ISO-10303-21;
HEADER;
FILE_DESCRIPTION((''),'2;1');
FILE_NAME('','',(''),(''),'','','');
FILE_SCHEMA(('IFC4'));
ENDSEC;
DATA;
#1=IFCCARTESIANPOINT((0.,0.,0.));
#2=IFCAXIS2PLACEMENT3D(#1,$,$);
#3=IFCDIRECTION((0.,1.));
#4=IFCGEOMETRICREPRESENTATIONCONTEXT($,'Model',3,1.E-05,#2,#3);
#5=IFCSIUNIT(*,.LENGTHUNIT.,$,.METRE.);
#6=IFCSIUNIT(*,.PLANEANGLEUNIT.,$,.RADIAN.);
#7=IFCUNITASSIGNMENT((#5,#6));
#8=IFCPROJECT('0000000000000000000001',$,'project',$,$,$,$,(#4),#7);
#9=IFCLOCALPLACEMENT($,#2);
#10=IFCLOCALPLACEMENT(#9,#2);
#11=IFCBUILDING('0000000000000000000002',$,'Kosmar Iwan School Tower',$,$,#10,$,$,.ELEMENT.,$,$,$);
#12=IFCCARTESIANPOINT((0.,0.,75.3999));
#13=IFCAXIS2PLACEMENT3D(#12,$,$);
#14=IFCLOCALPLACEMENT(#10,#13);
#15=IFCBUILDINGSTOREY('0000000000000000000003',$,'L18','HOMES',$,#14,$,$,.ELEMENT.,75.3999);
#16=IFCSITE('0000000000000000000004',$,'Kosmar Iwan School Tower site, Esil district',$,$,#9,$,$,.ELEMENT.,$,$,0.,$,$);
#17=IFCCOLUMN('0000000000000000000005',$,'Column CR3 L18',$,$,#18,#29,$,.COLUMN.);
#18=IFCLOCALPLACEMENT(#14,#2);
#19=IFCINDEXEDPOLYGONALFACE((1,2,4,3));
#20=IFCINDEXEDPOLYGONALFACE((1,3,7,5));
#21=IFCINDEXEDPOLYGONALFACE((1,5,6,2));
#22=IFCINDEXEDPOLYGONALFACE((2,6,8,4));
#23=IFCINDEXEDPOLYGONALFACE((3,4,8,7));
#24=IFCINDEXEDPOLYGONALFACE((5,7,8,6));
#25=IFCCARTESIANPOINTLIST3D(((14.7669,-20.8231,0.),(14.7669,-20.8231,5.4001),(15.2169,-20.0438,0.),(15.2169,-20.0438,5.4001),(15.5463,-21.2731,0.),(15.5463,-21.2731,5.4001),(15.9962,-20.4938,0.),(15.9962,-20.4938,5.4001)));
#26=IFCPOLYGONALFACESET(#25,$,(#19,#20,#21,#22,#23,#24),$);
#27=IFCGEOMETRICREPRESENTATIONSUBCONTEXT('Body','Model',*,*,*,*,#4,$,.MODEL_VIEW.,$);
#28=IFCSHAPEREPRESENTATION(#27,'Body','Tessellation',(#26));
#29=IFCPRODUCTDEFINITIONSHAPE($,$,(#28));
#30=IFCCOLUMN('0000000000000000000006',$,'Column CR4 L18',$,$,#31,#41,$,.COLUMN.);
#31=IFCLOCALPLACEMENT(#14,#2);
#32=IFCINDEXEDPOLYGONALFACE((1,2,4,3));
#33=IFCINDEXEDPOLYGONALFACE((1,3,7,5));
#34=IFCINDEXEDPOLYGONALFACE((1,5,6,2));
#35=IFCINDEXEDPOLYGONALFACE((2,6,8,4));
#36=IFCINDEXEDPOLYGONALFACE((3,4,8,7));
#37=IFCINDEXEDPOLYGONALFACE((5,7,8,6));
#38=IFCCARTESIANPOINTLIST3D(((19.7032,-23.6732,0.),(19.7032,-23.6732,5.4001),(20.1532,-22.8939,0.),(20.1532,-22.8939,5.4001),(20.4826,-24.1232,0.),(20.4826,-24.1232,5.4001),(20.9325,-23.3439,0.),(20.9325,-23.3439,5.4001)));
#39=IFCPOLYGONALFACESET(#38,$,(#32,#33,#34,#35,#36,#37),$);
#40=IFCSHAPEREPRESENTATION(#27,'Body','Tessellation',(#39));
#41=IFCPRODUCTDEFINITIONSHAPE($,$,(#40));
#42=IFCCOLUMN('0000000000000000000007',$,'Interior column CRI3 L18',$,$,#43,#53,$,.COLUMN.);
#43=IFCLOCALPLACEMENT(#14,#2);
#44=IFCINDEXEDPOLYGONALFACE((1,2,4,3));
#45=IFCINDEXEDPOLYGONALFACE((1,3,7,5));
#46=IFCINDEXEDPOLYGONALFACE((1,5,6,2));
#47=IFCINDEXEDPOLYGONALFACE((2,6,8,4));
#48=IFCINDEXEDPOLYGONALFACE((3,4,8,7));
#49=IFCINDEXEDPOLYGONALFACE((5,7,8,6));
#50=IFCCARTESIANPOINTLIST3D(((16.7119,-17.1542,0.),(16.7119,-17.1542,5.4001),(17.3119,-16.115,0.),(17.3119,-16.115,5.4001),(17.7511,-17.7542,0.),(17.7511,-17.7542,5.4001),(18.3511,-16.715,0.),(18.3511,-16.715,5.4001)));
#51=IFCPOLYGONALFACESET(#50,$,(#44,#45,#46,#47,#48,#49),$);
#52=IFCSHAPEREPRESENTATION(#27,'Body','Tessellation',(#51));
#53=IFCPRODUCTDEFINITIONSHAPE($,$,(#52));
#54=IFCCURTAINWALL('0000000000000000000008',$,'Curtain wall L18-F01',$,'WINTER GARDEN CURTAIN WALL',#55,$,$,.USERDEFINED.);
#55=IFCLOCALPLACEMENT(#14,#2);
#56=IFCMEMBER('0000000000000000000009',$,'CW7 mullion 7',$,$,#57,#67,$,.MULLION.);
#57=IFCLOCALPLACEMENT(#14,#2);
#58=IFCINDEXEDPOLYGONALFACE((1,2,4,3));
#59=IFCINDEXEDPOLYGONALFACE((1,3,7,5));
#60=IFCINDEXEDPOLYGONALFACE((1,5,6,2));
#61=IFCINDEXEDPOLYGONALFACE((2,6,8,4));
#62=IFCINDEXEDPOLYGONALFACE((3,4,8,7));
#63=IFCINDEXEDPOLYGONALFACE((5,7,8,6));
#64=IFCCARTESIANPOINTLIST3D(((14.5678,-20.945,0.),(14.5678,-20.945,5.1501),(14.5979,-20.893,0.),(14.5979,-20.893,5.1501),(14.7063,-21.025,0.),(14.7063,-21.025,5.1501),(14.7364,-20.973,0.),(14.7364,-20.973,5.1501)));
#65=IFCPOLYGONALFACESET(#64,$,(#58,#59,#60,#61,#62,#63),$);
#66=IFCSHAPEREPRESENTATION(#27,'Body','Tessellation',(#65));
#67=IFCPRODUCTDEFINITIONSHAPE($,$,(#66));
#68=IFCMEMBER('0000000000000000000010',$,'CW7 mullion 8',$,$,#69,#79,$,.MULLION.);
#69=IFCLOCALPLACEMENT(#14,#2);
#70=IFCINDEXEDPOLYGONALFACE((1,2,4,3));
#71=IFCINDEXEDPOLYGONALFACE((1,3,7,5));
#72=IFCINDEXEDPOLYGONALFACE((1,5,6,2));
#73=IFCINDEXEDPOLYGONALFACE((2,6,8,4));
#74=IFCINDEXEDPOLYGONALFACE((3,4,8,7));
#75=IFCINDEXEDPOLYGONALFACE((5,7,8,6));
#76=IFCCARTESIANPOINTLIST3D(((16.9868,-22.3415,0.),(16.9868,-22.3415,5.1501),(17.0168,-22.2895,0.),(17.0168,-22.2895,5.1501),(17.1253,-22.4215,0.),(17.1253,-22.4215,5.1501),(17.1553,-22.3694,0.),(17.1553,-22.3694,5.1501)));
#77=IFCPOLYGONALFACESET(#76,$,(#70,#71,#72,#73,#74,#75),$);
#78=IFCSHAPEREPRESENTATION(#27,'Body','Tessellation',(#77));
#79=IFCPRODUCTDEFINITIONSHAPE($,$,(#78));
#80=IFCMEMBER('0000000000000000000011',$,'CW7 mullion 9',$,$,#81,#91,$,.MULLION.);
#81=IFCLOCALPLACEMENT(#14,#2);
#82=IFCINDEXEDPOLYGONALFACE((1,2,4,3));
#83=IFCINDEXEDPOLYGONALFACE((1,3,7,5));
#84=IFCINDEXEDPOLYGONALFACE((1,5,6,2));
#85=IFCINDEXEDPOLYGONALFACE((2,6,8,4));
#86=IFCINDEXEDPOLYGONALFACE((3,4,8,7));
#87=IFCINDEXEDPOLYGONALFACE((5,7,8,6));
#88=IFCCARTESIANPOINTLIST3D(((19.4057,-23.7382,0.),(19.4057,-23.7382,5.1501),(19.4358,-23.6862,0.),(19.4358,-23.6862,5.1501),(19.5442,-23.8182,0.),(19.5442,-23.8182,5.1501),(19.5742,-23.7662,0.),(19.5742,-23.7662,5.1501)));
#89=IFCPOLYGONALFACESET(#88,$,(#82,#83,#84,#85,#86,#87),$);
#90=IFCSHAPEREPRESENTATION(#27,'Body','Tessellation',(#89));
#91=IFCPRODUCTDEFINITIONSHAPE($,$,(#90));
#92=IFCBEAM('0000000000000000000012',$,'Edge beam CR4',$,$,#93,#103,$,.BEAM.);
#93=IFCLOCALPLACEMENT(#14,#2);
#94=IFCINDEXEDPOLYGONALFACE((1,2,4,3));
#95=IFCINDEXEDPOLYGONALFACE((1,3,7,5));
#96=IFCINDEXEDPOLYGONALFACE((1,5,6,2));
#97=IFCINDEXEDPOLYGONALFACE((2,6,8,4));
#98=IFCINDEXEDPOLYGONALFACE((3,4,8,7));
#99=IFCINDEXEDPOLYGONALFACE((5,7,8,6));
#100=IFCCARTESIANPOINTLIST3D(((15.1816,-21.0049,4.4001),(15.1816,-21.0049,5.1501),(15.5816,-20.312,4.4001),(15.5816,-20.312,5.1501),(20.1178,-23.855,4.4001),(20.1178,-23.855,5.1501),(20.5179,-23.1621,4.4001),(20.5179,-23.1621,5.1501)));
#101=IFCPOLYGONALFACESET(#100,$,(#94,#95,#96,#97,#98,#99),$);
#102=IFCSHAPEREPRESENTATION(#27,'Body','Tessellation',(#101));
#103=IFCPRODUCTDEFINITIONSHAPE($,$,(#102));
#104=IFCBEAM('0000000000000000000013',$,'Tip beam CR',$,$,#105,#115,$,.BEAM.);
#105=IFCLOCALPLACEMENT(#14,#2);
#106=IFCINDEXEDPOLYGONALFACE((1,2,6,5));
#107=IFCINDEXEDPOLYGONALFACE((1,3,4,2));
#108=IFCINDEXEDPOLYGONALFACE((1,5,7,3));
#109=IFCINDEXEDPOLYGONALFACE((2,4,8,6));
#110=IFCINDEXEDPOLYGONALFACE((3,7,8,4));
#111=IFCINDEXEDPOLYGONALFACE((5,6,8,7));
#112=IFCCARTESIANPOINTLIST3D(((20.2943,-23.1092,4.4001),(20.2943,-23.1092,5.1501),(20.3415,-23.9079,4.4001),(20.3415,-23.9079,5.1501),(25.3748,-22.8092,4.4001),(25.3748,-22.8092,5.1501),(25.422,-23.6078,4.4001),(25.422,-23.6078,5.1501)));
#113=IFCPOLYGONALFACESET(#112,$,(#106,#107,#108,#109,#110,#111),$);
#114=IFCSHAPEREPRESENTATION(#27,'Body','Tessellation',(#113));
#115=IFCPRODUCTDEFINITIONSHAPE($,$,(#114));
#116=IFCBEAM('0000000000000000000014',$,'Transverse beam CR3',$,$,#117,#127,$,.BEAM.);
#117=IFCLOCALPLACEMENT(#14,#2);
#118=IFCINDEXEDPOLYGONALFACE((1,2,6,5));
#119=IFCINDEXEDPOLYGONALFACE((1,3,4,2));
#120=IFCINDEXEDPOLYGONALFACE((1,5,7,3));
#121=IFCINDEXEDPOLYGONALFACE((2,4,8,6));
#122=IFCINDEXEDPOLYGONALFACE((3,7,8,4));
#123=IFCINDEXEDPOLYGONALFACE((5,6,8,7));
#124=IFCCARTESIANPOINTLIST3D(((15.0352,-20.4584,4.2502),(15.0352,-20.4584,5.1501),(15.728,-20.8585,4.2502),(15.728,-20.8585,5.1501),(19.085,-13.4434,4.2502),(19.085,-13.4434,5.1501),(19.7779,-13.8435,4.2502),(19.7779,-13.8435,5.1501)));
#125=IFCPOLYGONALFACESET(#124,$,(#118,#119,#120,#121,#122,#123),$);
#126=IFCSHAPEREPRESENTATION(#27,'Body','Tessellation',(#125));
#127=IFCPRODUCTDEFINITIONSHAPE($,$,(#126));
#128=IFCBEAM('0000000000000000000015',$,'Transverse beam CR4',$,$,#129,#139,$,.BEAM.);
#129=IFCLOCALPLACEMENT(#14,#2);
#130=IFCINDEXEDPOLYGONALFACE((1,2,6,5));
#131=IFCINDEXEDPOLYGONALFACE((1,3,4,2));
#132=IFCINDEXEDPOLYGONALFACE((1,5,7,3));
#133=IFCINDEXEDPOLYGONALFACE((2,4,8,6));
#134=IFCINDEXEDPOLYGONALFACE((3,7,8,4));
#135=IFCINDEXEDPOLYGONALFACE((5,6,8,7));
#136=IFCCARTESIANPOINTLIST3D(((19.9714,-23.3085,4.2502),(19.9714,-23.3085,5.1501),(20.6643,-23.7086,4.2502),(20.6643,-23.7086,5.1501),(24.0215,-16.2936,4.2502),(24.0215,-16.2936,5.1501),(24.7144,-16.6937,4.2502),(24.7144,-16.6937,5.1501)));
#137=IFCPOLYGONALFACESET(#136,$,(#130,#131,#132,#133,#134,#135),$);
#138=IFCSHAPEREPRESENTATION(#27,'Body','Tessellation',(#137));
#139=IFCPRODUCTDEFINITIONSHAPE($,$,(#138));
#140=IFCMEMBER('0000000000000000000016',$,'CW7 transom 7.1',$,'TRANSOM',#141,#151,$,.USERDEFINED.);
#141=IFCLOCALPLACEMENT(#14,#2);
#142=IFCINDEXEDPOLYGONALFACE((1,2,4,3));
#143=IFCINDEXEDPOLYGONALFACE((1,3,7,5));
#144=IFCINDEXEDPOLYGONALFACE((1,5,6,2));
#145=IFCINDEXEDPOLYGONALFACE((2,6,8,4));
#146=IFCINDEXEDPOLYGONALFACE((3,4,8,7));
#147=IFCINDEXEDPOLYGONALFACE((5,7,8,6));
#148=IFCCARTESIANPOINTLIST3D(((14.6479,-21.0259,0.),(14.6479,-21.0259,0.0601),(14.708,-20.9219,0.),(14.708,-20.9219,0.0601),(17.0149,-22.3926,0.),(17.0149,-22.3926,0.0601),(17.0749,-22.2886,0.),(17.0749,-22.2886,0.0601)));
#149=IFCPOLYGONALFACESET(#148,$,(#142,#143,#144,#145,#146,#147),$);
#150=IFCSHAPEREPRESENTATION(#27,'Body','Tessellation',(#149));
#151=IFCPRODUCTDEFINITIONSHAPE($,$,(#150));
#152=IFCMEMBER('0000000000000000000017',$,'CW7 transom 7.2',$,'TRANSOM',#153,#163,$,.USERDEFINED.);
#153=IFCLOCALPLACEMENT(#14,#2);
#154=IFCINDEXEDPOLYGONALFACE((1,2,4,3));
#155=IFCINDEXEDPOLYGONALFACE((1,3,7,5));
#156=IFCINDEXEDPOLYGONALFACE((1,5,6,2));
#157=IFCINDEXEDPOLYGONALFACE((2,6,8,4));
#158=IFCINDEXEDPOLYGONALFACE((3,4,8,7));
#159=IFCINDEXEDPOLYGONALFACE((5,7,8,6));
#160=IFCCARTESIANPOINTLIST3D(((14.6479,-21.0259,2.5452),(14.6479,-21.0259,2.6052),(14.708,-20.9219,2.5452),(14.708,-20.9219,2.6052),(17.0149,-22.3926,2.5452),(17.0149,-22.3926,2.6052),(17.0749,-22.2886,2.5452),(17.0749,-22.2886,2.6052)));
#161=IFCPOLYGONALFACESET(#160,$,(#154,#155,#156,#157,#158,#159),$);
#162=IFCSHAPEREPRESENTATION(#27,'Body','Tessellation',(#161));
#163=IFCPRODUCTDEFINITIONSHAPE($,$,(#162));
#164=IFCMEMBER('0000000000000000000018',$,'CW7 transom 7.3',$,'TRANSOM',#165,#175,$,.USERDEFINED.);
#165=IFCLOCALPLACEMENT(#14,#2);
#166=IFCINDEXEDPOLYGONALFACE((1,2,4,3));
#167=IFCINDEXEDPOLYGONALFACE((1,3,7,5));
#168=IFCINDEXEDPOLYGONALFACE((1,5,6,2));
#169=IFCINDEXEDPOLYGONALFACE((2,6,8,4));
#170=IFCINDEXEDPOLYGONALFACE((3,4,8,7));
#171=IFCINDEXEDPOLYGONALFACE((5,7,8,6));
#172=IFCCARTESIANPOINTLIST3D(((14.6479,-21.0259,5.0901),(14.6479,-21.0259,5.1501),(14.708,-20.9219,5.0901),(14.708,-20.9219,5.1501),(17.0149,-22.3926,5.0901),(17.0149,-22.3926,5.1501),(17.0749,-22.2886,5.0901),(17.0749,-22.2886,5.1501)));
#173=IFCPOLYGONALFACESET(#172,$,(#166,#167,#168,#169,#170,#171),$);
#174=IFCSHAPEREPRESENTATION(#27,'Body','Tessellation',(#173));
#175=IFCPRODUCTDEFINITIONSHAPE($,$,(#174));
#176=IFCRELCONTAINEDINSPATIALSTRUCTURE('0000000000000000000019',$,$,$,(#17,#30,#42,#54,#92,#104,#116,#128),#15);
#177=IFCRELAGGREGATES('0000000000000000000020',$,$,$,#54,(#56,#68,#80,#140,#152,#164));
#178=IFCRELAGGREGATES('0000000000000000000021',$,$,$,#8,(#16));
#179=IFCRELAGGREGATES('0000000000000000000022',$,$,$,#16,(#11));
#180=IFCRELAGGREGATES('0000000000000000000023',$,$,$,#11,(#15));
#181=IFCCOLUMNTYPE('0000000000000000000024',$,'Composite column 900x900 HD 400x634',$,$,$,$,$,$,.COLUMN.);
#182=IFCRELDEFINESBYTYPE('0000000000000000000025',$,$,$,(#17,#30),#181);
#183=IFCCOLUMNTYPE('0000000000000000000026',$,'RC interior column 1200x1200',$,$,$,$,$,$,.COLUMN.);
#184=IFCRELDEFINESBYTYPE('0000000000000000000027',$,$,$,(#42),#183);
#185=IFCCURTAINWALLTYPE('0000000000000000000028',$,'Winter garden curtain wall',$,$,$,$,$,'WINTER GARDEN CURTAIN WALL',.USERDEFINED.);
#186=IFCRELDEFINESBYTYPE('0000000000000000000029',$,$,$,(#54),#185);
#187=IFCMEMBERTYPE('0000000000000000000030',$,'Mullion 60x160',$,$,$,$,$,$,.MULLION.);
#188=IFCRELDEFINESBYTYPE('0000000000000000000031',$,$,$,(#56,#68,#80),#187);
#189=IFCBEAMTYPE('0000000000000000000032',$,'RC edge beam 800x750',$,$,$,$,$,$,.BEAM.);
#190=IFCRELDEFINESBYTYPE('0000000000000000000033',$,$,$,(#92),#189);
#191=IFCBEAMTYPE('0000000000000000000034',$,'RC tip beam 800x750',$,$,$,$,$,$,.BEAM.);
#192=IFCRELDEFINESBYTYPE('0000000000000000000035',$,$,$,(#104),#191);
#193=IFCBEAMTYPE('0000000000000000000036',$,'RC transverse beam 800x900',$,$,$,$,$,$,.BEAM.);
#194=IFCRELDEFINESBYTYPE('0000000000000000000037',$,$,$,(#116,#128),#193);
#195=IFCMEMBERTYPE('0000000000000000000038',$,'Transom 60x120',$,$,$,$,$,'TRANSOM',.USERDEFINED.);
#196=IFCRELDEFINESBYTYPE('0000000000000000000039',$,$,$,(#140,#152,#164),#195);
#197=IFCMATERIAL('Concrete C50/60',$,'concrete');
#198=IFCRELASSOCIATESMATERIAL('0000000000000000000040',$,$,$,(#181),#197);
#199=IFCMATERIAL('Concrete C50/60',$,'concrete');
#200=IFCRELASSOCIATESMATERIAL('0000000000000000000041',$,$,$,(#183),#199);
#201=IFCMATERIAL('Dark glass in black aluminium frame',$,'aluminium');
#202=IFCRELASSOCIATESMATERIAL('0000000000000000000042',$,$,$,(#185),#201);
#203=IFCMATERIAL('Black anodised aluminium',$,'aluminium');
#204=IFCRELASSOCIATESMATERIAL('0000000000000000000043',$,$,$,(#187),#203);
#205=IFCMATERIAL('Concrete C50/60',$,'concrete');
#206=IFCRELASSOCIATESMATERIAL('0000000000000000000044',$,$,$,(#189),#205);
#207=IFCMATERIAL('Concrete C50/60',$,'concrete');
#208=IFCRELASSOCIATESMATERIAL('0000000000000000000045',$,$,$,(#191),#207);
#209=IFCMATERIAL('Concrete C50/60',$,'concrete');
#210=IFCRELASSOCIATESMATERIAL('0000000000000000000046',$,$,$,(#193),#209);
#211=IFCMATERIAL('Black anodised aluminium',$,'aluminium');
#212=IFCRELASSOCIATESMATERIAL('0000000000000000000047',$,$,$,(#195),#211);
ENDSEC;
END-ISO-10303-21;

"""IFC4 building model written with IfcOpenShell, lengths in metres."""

from ifc_helpers import new_model, si_unit, direction, frame, origin, origin_2d, place, context, subcontext, project, spatial, rectangle, extrude, material, material_profile, profile_set, type_object, element, aggregate, save


model = new_model("IFC4")

# Units and contexts
model_context = context("Model", 3, precision=1e-05, world=origin(), true_north=direction((0.0, 1.0)))
body_context = subcontext(model_context, "Body", "Model", "MODEL_VIEW")
ifc_project = project(units=[si_unit("LENGTHUNIT", "METRE"), si_unit("PLANEANGLEUNIT", "RADIAN")], contexts=[model_context])

# Site, building, storey
site_placement = place(None, origin())
site = spatial("IfcSite", under=ifc_project, at=site_placement, Name="Kosmar Iwan School Tower site, Esil district", CompositionType="ELEMENT", RefElevation=0.0)
building_placement = place(site_placement, origin())
building = spatial("IfcBuilding", under=site, at=building_placement, Name="Kosmar Iwan School Tower", CompositionType="ELEMENT")
storey_placement = place(building_placement, frame((0.0, 0.0, 75.3999)))
storey = spatial("IfcBuildingStorey", under=building, at=storey_placement, Name="L18", Description="HOMES", CompositionType="ELEMENT", Elevation=75.3999)

# Columns
ifc_material_1 = material(Name="Concrete C50/60", Category="concrete")
ifc_material_profile_1 = material_profile(ifc_material_1, rectangle(XDim=0.8999, YDim=0.8999, at=origin_2d()), Name="RC 900x900 + HD 400x634")
ifc_profile_set_1 = profile_set([ifc_material_profile_1], Name="Concrete C50/60")
column_type_1 = type_object("IfcColumnType", Name="Composite column 900x900 HD 400x634", PredefinedType="COLUMN", material=ifc_profile_set_1)
for number, where, z_axis, x_axis, name in (
    (1, (15.3816, -20.6584, 0.0), (0.0, 0.0, 1.0), (0.866025, -0.5, 0.0), "Column CR3 L18"),
    (2, (20.3179, -23.5085, 0.0), (0.0, 0.0, 1.0), (0.866025, -0.5, 0.0), "Column CR4 L18"),
):
    element("IfcColumn", number, at=place(storey_placement, frame(where, z_axis=z_axis, x_axis=x_axis)), inside=storey, type_object=column_type_1, Name=name, PredefinedType="COLUMN", context=body_context, shape_type="SweptSolid", body=[
        extrude(rectangle(XDim=0.8999, YDim=0.8999, at=origin_2d()), origin(), (0.0, 0.0, 1.0), 5.4001),
    ])
ifc_material_2 = material(Name="Concrete C50/60", Category="concrete")
ifc_material_profile_2 = material_profile(ifc_material_2, rectangle(XDim=1.2, YDim=1.2, at=origin_2d()), Name="RC 1200x1200")
ifc_profile_set_2 = profile_set([ifc_material_profile_2], Name="Concrete C50/60")
column_type_2 = type_object("IfcColumnType", Name="RC interior column 1200x1200", PredefinedType="COLUMN", material=ifc_profile_set_2)
column_placement = place(storey_placement, frame((17.5315, -16.9346, 0.0), z_axis=(0.0, 0.0, 1.0), x_axis=(0.866025, -0.5, 0.0)))
element("IfcColumn", 3, at=column_placement, inside=storey, type_object=column_type_2, Name="Interior column CRI3 L18", PredefinedType="COLUMN", context=body_context, shape_type="SweptSolid", body=[
    extrude(rectangle(XDim=1.2, YDim=1.2, at=origin_2d()), origin(), (0.0, 0.0, 1.0), 5.4001),
])

# Curtain wall, members
ifc_material_3 = material(Name="Dark glass in black aluminium frame", Category="aluminium")
curtain_wall_type = type_object("IfcCurtainWallType", Name="Winter garden curtain wall", ElementType="WINTER GARDEN CURTAIN WALL", PredefinedType="USERDEFINED", material=ifc_material_3)
curtain_wall_placement = place(storey_placement, origin())
curtain_wall = element("IfcCurtainWall", 4, at=curtain_wall_placement, inside=storey, type_object=curtain_wall_type, Name="Curtain wall L18-F01", ObjectType="WINTER GARDEN CURTAIN WALL", PredefinedType="USERDEFINED")
ifc_material_4 = material(Name="Black anodised aluminium", Category="aluminium")
ifc_material_profile_3 = material_profile(ifc_material_4, rectangle(XDim=0.0601, YDim=0.1599, at=origin_2d()), Name="MULLION 60x160")
ifc_profile_set_3 = profile_set([ifc_material_profile_3], Name="Black anodised aluminium")
member_type_1 = type_object("IfcMemberType", Name="Mullion 60x160", PredefinedType="MULLION", material=ifc_profile_set_3)
member_1_placement = place(storey_placement, frame((14.6521, -20.959, 0.0), z_axis=(0.0, 0.0, 1.0), x_axis=(0.5, 0.866025, 0.0)))
member_1 = element("IfcMember", 5, at=member_1_placement, type_object=member_type_1, Name="CW7 mullion 7", PredefinedType="MULLION", context=body_context, shape_type="SweptSolid", body=[
    extrude(rectangle(XDim=0.0601, YDim=0.1599, at=origin_2d()), origin(), (0.0, 0.0, 1.0), 5.1501),
])
member_2_placement = place(storey_placement, frame((17.071, -22.3555, 0.0), z_axis=(0.0, 0.0, 1.0), x_axis=(0.5, 0.866025, 0.0)))
member_2 = element("IfcMember", 6, at=member_2_placement, type_object=member_type_1, Name="CW7 mullion 8", PredefinedType="MULLION", context=body_context, shape_type="SweptSolid", body=[
    extrude(rectangle(XDim=0.0601, YDim=0.1599, at=origin_2d()), origin(), (0.0, 0.0, 1.0), 5.1501),
])
member_3_placement = place(storey_placement, frame((19.49, -23.7522, 0.0), z_axis=(0.0, 0.0, 1.0), x_axis=(0.5, 0.866025, 0.0)))
member_3 = element("IfcMember", 7, at=member_3_placement, type_object=member_type_1, Name="CW7 mullion 9", PredefinedType="MULLION", context=body_context, shape_type="SweptSolid", body=[
    extrude(rectangle(XDim=0.0601, YDim=0.1599, at=origin_2d()), origin(), (0.0, 0.0, 1.0), 5.1501),
])

# Beams
ifc_material_5 = material(Name="Concrete C50/60", Category="concrete")
ifc_material_profile_4 = material_profile(ifc_material_5, rectangle(XDim=0.8, YDim=0.75, at=origin_2d()), Name="RC 800x750")
ifc_profile_set_4 = profile_set([ifc_material_profile_4], Name="Concrete C50/60")
beam_type_1 = type_object("IfcBeamType", Name="RC edge beam 800x750", PredefinedType="BEAM", material=ifc_profile_set_4)
beam_1_placement = place(storey_placement, frame((15.3816, -20.6584, 4.7751), z_axis=(0.866015, -0.500018, 0.0), x_axis=(0.500018, 0.866015, 0.0)))
element("IfcBeam", 8, at=beam_1_placement, inside=storey, type_object=beam_type_1, Name="Edge beam CR4", PredefinedType="BEAM", context=body_context, shape_type="SweptSolid", body=[
    extrude(rectangle(XDim=0.8, YDim=0.75, at=origin_2d()), origin(), (0.0, 0.0, 1.0), 5.7),
])
ifc_material_6 = material(Name="Concrete C50/60", Category="concrete")
ifc_material_profile_5 = material_profile(ifc_material_6, rectangle(XDim=0.8, YDim=0.75, at=origin_2d()), Name="RC 800x750")
ifc_profile_set_5 = profile_set([ifc_material_profile_5], Name="Concrete C50/60")
beam_type_2 = type_object("IfcBeamType", Name="RC tip beam 800x750", PredefinedType="BEAM", material=ifc_profile_set_5)
beam_2_placement = place(storey_placement, frame((20.3179, -23.5085, 4.7751), z_axis=(0.998261, 0.058955, 0.0), x_axis=(-0.058955, 0.998261, 0.0)))
element("IfcBeam", 9, at=beam_2_placement, inside=storey, type_object=beam_type_2, Name="Tip beam CR", PredefinedType="BEAM", context=body_context, shape_type="SweptSolid", body=[
    extrude(rectangle(XDim=0.8, YDim=0.75, at=origin_2d()), origin(), (0.0, 0.0, 1.0), 5.0894),
])
ifc_material_7 = material(Name="Concrete C50/60", Category="concrete")
ifc_material_profile_6 = material_profile(ifc_material_7, rectangle(XDim=0.8, YDim=0.8999, at=origin_2d()), Name="RC 800x900")
ifc_profile_set_6 = profile_set([ifc_material_profile_6], Name="Concrete C50/60")
beam_type_3 = type_object("IfcBeamType", Name="RC transverse beam 800x900", PredefinedType="BEAM", material=ifc_profile_set_6)
for number, where, z_axis, x_axis, name in (
    (10, (15.3816, -20.6584, 4.7002), (0.499977, 0.866039, 0.0), (-0.866039, 0.499977, 0.0), "Transverse beam CR3"),
    (11, (20.3179, -23.5085, 4.7002), (0.5, 0.866025, 0.0), (-0.866025, 0.5, 0.0), "Transverse beam CR4"),
):
    element("IfcBeam", number, at=place(storey_placement, frame(where, z_axis=z_axis, x_axis=x_axis)), inside=storey, type_object=beam_type_3, Name=name, PredefinedType="BEAM", context=body_context, shape_type="SweptSolid", body=[
        extrude(rectangle(XDim=0.8, YDim=0.8999, at=origin_2d()), origin(), (0.0, 0.0, 1.0), 8.1001),
    ])

# Members
ifc_material_8 = material(Name="Black anodised aluminium", Category="aluminium")
ifc_material_profile_7 = material_profile(ifc_material_8, rectangle(XDim=0.1201, YDim=0.0601, at=origin_2d()), Name="TRANSOM 60x120")
ifc_profile_set_7 = profile_set([ifc_material_profile_7], Name="Black anodised aluminium")
member_type_2 = type_object("IfcMemberType", Name="Transom 60x120", ElementType="TRANSOM", PredefinedType="USERDEFINED", material=ifc_profile_set_7)
member_4_placement = place(storey_placement, frame((14.678, -20.9739, 0.03), z_axis=(0.866003, -0.500039, 0.0), x_axis=(0.500039, 0.866003, 0.0)))
member_4 = element("IfcMember", 12, at=member_4_placement, type_object=member_type_2, Name="CW7 transom 7.1", ObjectType="TRANSOM", PredefinedType="USERDEFINED", context=body_context, shape_type="SweptSolid", body=[
    extrude(rectangle(XDim=0.1201, YDim=0.0601, at=origin_2d()), origin(), (0.0, 0.0, 1.0), 2.7332),
])
member_5_placement = place(storey_placement, frame((14.678, -20.9739, 2.5752), z_axis=(0.866003, -0.500039, 0.0), x_axis=(0.500039, 0.866003, 0.0)))
member_5 = element("IfcMember", 13, at=member_5_placement, type_object=member_type_2, Name="CW7 transom 7.2", ObjectType="TRANSOM", PredefinedType="USERDEFINED", context=body_context, shape_type="SweptSolid", body=[
    extrude(rectangle(XDim=0.1201, YDim=0.0601, at=origin_2d()), origin(), (0.0, 0.0, 1.0), 2.7332),
])
member_6_placement = place(storey_placement, frame((14.678, -20.9739, 5.1201), z_axis=(0.866003, -0.500039, 0.0), x_axis=(0.500039, 0.866003, 0.0)))
member_6 = element("IfcMember", 14, at=member_6_placement, type_object=member_type_2, Name="CW7 transom 7.3", ObjectType="TRANSOM", PredefinedType="USERDEFINED", context=body_context, shape_type="SweptSolid", body=[
    extrude(rectangle(XDim=0.1201, YDim=0.0601, at=origin_2d()), origin(), (0.0, 0.0, 1.0), 2.7332),
])

aggregate(curtain_wall, [member_1, member_2, member_3, member_4, member_5, member_6])

save(model, "model.ifc")
